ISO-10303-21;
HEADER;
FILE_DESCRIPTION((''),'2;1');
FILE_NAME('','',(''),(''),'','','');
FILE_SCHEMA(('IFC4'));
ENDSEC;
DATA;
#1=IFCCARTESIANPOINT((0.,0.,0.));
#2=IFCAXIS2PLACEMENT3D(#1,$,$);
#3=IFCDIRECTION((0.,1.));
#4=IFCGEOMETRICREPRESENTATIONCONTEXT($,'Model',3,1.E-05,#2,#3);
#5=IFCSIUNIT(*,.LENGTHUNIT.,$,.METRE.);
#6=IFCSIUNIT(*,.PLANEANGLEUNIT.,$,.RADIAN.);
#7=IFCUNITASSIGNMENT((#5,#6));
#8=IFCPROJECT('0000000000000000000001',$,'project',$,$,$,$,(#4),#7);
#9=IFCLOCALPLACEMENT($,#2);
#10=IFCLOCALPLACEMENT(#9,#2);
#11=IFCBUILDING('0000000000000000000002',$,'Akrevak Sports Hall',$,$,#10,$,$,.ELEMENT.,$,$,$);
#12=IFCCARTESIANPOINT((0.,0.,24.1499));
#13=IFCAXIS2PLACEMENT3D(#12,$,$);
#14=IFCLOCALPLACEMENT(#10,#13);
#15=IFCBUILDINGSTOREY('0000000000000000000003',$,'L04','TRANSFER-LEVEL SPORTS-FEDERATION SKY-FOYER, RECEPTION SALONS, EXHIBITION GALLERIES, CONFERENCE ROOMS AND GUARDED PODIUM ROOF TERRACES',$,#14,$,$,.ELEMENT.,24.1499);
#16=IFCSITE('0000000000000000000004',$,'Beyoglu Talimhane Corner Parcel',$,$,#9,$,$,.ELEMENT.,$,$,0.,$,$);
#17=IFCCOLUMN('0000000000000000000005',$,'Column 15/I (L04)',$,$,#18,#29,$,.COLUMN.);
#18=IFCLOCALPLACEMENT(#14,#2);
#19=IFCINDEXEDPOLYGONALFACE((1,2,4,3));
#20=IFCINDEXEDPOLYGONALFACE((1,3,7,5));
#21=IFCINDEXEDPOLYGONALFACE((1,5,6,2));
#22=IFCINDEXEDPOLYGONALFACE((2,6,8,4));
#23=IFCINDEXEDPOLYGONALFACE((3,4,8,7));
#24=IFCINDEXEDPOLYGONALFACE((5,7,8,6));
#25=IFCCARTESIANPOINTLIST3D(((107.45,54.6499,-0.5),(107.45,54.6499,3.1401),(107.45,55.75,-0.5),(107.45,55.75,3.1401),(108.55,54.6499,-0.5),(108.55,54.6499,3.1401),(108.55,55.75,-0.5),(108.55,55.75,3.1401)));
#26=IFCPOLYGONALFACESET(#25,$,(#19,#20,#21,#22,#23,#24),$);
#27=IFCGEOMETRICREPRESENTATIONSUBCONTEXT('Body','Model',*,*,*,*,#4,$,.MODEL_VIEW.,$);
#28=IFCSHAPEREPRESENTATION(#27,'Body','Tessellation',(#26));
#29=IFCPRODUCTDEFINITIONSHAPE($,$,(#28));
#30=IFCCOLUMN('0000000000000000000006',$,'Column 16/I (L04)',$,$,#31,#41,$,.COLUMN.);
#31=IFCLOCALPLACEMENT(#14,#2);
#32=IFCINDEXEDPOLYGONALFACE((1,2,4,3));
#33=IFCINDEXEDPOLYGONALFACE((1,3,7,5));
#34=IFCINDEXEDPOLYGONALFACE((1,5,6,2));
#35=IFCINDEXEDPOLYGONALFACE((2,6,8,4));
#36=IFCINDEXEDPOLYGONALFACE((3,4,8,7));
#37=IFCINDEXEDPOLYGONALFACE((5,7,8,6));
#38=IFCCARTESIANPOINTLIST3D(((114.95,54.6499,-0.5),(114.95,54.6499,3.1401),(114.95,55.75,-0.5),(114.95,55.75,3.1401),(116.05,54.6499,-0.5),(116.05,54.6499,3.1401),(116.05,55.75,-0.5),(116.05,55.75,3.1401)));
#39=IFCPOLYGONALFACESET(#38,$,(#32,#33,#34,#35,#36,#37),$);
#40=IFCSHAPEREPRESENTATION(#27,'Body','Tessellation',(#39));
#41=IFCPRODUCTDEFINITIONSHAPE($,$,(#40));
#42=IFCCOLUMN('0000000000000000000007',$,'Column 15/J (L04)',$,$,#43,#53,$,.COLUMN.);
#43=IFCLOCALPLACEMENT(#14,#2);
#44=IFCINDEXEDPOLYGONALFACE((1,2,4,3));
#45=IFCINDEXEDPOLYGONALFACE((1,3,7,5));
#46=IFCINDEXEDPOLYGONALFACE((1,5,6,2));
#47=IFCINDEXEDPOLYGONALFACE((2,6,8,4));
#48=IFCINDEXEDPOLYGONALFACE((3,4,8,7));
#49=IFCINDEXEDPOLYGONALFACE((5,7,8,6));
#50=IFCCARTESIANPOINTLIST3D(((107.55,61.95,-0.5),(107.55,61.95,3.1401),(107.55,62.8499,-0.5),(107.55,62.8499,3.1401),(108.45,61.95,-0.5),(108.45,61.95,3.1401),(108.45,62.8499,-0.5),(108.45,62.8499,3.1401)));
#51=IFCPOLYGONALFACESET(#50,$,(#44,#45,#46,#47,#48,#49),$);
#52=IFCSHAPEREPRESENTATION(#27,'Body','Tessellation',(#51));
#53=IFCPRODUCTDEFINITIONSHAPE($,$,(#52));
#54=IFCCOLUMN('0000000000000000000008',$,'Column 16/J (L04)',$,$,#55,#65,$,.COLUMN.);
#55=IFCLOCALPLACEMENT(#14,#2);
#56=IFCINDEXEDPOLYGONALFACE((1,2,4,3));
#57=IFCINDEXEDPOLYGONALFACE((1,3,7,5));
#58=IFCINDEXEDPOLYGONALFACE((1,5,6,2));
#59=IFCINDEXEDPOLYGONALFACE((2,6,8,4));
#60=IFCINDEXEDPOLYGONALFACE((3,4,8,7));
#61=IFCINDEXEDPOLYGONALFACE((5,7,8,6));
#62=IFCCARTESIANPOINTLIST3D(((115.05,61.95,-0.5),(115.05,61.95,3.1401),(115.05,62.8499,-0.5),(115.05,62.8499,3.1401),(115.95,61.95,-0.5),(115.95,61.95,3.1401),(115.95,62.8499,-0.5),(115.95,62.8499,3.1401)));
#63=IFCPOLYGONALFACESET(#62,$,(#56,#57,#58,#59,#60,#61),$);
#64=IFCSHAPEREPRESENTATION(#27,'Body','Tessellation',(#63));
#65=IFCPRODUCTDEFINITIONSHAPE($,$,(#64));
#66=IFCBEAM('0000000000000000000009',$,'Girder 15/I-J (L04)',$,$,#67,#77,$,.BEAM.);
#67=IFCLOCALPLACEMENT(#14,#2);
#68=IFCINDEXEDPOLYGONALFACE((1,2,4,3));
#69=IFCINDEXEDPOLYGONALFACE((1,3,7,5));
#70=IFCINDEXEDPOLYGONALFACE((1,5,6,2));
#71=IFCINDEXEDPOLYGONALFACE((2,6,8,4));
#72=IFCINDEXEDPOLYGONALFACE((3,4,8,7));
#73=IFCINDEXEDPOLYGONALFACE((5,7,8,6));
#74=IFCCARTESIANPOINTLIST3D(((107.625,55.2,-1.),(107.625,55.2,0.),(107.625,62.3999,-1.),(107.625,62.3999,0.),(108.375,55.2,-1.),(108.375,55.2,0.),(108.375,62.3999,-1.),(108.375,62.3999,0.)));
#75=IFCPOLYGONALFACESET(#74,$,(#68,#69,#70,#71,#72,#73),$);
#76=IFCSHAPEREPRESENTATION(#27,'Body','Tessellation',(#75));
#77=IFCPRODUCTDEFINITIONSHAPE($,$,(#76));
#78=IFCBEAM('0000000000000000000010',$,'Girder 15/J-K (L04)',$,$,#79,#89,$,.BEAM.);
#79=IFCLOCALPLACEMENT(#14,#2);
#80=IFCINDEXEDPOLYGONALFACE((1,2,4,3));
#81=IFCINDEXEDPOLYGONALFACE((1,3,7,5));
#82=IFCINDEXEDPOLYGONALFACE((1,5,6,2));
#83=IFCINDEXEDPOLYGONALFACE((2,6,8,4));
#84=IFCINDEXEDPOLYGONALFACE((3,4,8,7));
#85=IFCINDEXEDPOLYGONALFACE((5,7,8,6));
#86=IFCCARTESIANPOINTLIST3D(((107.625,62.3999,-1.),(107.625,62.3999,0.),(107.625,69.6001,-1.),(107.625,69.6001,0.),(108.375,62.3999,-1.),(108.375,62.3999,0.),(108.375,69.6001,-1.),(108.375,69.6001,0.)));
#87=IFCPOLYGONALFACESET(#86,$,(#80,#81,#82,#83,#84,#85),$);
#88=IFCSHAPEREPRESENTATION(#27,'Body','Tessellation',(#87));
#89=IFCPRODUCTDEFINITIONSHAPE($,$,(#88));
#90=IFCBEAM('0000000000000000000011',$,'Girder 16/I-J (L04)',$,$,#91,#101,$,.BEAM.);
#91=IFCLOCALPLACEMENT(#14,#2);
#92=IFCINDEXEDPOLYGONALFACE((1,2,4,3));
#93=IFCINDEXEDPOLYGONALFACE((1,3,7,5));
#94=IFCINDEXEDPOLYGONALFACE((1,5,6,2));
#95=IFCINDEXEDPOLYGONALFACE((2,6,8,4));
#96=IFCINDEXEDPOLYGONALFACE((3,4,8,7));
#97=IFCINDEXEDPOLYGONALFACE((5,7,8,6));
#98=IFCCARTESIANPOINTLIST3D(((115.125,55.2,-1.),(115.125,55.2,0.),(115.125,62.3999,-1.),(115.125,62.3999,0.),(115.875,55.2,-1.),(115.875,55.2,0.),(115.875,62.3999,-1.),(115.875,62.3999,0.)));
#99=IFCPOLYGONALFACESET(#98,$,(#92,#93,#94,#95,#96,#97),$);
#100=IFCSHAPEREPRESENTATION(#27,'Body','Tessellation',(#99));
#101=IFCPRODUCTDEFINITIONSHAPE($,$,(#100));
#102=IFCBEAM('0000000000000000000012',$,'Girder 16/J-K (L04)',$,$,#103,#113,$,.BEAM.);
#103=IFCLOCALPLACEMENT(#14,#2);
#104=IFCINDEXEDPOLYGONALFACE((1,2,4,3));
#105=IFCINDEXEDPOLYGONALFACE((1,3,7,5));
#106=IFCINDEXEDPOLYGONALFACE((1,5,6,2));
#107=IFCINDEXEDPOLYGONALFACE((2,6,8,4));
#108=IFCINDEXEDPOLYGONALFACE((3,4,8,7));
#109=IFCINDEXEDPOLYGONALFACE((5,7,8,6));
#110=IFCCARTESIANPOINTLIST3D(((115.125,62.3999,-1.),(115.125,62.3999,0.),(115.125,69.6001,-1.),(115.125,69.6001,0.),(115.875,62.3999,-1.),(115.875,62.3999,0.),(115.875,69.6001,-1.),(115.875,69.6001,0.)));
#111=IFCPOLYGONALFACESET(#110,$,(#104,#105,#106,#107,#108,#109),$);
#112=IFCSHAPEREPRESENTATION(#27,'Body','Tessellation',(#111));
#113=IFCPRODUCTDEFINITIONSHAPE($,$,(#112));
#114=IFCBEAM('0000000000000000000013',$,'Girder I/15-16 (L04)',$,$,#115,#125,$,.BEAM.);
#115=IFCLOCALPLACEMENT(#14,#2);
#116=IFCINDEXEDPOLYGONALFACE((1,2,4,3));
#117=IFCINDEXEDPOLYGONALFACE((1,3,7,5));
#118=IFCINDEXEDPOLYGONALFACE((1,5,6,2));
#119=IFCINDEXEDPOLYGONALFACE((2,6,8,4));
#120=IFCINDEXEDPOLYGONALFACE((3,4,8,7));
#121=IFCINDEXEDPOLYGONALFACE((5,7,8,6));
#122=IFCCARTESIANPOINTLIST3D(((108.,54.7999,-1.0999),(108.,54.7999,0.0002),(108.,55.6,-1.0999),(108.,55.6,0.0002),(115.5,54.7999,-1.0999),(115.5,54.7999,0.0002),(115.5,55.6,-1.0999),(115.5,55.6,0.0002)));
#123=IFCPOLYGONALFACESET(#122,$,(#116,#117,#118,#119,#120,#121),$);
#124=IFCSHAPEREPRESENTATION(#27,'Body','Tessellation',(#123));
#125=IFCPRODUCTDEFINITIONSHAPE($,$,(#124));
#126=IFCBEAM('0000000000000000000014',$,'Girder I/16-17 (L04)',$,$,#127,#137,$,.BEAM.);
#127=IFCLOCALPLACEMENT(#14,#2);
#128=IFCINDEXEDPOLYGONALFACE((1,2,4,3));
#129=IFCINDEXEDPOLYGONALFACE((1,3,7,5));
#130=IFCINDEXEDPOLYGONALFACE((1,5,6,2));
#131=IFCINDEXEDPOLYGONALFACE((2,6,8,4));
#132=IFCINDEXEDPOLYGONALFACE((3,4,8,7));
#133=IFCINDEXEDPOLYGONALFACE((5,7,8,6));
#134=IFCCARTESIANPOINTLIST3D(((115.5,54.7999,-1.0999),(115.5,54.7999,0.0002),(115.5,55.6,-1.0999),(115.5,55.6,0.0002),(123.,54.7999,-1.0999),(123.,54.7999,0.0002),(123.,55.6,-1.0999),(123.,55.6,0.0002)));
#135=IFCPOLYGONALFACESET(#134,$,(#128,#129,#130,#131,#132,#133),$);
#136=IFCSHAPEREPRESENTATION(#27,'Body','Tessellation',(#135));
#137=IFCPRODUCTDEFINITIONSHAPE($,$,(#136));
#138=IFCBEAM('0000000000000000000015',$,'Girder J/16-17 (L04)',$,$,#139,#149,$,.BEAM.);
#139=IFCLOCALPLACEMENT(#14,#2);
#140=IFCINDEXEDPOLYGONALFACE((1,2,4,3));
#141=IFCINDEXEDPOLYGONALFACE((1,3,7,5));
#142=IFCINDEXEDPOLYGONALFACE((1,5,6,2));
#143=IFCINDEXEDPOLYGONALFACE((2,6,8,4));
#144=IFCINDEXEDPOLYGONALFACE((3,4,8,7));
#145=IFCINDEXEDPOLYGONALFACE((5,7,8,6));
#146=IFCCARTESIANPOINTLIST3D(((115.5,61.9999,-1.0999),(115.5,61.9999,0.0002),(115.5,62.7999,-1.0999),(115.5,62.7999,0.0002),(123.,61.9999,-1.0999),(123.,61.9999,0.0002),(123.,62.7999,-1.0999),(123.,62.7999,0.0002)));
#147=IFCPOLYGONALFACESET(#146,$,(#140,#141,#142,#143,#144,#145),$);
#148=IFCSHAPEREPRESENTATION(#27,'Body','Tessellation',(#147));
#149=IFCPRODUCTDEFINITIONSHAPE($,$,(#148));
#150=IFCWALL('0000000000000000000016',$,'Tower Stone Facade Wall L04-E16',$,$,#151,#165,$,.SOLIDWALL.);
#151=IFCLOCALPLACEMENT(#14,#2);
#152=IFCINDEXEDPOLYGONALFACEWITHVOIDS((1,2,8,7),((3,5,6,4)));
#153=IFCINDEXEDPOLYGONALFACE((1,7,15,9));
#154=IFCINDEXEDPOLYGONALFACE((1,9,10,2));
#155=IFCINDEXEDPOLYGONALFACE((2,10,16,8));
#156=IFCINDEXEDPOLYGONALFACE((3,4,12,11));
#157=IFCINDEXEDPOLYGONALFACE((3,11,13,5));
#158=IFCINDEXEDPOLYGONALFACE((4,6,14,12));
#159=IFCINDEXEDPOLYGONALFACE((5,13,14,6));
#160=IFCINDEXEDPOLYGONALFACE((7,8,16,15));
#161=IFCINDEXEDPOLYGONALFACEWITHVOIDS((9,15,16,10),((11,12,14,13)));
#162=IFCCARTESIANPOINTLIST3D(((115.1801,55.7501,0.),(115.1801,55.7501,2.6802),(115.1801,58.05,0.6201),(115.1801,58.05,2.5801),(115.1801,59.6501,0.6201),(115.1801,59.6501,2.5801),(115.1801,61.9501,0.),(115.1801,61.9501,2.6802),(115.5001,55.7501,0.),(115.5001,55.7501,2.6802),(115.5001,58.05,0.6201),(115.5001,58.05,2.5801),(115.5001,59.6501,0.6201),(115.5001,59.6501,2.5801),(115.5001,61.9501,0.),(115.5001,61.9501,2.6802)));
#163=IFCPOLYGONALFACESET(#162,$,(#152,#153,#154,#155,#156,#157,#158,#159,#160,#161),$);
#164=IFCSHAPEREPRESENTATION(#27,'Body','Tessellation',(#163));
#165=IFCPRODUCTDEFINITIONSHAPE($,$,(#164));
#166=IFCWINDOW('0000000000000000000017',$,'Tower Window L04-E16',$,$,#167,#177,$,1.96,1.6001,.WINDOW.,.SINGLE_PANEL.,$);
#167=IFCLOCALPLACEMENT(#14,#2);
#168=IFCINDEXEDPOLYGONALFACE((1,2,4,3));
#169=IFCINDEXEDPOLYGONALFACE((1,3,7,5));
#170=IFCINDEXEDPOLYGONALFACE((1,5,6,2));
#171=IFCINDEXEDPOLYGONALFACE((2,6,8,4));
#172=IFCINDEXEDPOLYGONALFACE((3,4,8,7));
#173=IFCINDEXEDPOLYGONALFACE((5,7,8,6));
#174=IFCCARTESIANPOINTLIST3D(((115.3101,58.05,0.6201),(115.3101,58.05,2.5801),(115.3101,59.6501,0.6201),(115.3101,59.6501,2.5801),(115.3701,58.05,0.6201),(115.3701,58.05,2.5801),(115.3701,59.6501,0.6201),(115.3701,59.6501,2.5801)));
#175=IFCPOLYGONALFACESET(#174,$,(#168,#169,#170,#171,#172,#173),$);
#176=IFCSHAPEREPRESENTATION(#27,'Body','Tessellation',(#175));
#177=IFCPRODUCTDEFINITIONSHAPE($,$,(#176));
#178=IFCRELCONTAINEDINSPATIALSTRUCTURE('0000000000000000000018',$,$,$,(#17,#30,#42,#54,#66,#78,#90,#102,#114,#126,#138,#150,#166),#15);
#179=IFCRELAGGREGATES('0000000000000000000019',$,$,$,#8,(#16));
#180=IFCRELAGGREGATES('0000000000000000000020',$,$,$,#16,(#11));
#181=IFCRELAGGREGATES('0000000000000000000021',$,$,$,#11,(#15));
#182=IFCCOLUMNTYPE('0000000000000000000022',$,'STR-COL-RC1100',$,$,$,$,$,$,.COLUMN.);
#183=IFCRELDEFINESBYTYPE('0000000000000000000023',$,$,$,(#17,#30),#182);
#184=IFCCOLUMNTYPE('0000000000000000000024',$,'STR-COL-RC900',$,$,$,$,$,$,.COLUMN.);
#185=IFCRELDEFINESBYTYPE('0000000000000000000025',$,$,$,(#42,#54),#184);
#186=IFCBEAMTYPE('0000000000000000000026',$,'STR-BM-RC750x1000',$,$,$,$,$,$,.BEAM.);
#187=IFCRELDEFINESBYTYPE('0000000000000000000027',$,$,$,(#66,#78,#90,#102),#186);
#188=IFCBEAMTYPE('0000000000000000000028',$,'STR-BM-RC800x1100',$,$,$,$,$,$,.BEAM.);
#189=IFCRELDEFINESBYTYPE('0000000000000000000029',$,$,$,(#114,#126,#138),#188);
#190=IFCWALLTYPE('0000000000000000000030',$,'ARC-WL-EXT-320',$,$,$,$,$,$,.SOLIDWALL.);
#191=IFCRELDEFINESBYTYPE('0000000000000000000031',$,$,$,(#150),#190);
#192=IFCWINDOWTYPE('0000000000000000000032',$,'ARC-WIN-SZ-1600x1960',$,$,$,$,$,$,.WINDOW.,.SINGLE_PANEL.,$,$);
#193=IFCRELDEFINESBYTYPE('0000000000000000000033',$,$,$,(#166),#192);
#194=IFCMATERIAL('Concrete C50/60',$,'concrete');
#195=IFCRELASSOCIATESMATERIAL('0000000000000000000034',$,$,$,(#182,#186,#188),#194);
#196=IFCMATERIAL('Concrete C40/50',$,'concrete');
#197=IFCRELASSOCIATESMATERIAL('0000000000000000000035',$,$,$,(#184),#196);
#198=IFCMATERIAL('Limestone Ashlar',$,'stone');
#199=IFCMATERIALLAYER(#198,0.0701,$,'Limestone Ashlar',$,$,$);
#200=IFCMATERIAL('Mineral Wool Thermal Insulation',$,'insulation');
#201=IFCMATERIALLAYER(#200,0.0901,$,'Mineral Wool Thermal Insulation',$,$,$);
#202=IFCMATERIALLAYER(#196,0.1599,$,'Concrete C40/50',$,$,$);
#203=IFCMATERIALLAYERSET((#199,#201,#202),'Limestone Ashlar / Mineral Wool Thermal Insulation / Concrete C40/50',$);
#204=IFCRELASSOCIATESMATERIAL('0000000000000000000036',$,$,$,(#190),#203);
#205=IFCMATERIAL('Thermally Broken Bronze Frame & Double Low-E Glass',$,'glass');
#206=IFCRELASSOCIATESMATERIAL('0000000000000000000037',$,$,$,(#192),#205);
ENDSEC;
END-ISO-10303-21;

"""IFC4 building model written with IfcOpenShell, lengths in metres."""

from ifc_helpers import new_model, si_unit, direction, frame, frame_2d, origin, origin_2d, place, context, subcontext, project, spatial, rectangle, extrude, material, layer, layer_set, material_profile, profile_set, type_object, element, fill, save


model = new_model("IFC4")

# Units and contexts
model_context = context("Model", 3, precision=1e-05, world=origin(), true_north=direction((0.0, 1.0)))
body_context = subcontext(model_context, "Body", "Model", "MODEL_VIEW")
ifc_project = project(units=[si_unit("LENGTHUNIT", "METRE"), si_unit("PLANEANGLEUNIT", "RADIAN")], contexts=[model_context])

# Site, building, storey
site_placement = place(None, origin())
site = spatial("IfcSite", under=ifc_project, at=site_placement, Name="Beyoglu Talimhane Corner Parcel", CompositionType="ELEMENT", RefElevation=0.0)
building_placement = place(site_placement, origin())
building = spatial("IfcBuilding", under=site, at=building_placement, Name="Akrevak Sports Hall", CompositionType="ELEMENT")
storey_placement = place(building_placement, frame((0.0, 0.0, 24.1499)))
storey = spatial("IfcBuildingStorey", under=building, at=storey_placement, Name="L04", Description="TRANSFER-LEVEL SPORTS-FEDERATION SKY-FOYER, RECEPTION SALONS, EXHIBITION GALLERIES, CONFERENCE ROOMS AND GUARDED PODIUM ROOF TERRACES", CompositionType="ELEMENT", Elevation=24.1499)

# Columns
ifc_material_1 = material(Name="Concrete C50/60", Category="concrete")
ifc_material_profile_1 = material_profile(ifc_material_1, rectangle(XDim=1.1001, YDim=1.1001, at=origin_2d()), Name="RC 1100x1100", Category="concrete")
ifc_profile_set_1 = profile_set([ifc_material_profile_1], Name="Concrete C50/60")
column_type_1 = type_object("IfcColumnType", Name="STR-COL-RC1100", PredefinedType="COLUMN", material=ifc_profile_set_1)
for number, where, z_axis, x_axis, name in (
    (1, (108.0, 55.2, -0.5), (0.0, 0.0, 1.0), (1.0, 0.0, 0.0), "Column 15/I (L04)"),
    (2, (115.5, 55.2, -0.5), (0.0, 0.0, 1.0), (1.0, 0.0, 0.0), "Column 16/I (L04)"),
):
    element("IfcColumn", number, at=place(storey_placement, frame(where, z_axis=z_axis, x_axis=x_axis)), inside=storey, type_object=column_type_1, Name=name, PredefinedType="COLUMN", context=body_context, shape_type="SweptSolid", body=[
        extrude(rectangle(XDim=1.1001, YDim=1.1001, at=origin_2d()), origin(), (0.0, 0.0, 1.0), 3.6401),
    ])
ifc_material_2 = material(Name="Concrete C40/50", Category="concrete")
ifc_material_profile_2 = material_profile(ifc_material_2, rectangle(XDim=0.8999, YDim=0.8999, at=origin_2d()), Name="RC 900x900", Category="concrete")
ifc_profile_set_2 = profile_set([ifc_material_profile_2], Name="Concrete C40/50")
column_type_2 = type_object("IfcColumnType", Name="STR-COL-RC900", PredefinedType="COLUMN", material=ifc_profile_set_2)
for number, where, z_axis, x_axis, name in (
    (3, (108.0, 62.3999, -0.5), (0.0, 0.0, 1.0), (1.0, 0.0, 0.0), "Column 15/J (L04)"),
    (4, (115.5, 62.3999, -0.5), (0.0, 0.0, 1.0), (1.0, 0.0, 0.0), "Column 16/J (L04)"),
):
    element("IfcColumn", number, at=place(storey_placement, frame(where, z_axis=z_axis, x_axis=x_axis)), inside=storey, type_object=column_type_2, Name=name, PredefinedType="COLUMN", context=body_context, shape_type="SweptSolid", body=[
        extrude(rectangle(XDim=0.8999, YDim=0.8999, at=origin_2d()), origin(), (0.0, 0.0, 1.0), 3.6401),
    ])

# Beams
ifc_material_profile_3 = material_profile(ifc_material_1, rectangle(XDim=0.75, YDim=1.0, at=origin_2d()), Name="BM 750x1000", Category="concrete")
ifc_profile_set_3 = profile_set([ifc_material_profile_3], Name="Concrete C50/60")
beam_type_1 = type_object("IfcBeamType", Name="STR-BM-RC750x1000", PredefinedType="BEAM", material=ifc_profile_set_3)
beam_1_placement = place(storey_placement, frame((108.0, 55.2, -0.5), z_axis=(0.0, 1.0, 0.0), x_axis=(-1.0, 0.0, 0.0)))
element("IfcBeam", 5, at=beam_1_placement, inside=storey, type_object=beam_type_1, Name="Girder 15/I-J (L04)", PredefinedType="BEAM", context=body_context, shape_type="SweptSolid", body=[
    extrude(rectangle(XDim=0.75, YDim=1.0, at=origin_2d()), origin(), (0.0, 0.0, 1.0), 7.2),
])
beam_2_placement = place(storey_placement, frame((108.0, 62.3999, -0.5), z_axis=(0.0, 1.0, 0.0), x_axis=(-1.0, 0.0, 0.0)))
element("IfcBeam", 6, at=beam_2_placement, inside=storey, type_object=beam_type_1, Name="Girder 15/J-K (L04)", PredefinedType="BEAM", context=body_context, shape_type="SweptSolid", body=[
    extrude(rectangle(XDim=0.75, YDim=1.0, at=origin_2d()), origin(), (0.0, 0.0, 1.0), 7.2002),
])
beam_3_placement = place(storey_placement, frame((115.5, 55.2, -0.5), z_axis=(0.0, 1.0, 0.0), x_axis=(-1.0, 0.0, 0.0)))
element("IfcBeam", 7, at=beam_3_placement, inside=storey, type_object=beam_type_1, Name="Girder 16/I-J (L04)", PredefinedType="BEAM", context=body_context, shape_type="SweptSolid", body=[
    extrude(rectangle(XDim=0.75, YDim=1.0, at=origin_2d()), origin(), (0.0, 0.0, 1.0), 7.2),
])
beam_4_placement = place(storey_placement, frame((115.5, 62.3999, -0.5), z_axis=(0.0, 1.0, 0.0), x_axis=(-1.0, 0.0, 0.0)))
element("IfcBeam", 8, at=beam_4_placement, inside=storey, type_object=beam_type_1, Name="Girder 16/J-K (L04)", PredefinedType="BEAM", context=body_context, shape_type="SweptSolid", body=[
    extrude(rectangle(XDim=0.75, YDim=1.0, at=origin_2d()), origin(), (0.0, 0.0, 1.0), 7.2002),
])
ifc_material_profile_4 = material_profile(ifc_material_1, rectangle(XDim=0.8, YDim=1.1001, at=origin_2d()), Name="BM 800x1100", Category="concrete")
ifc_profile_set_4 = profile_set([ifc_material_profile_4], Name="Concrete C50/60")
beam_type_2 = type_object("IfcBeamType", Name="STR-BM-RC800x1100", PredefinedType="BEAM", material=ifc_profile_set_4)
for number, where, z_axis, x_axis, name in (
    (9, (108.0, 55.2, -0.5498), (1.0, 0.0, 0.0), (0.0, 1.0, 0.0), "Girder I/15-16 (L04)"),
    (10, (115.5, 55.2, -0.5498), (1.0, 0.0, 0.0), (0.0, 1.0, 0.0), "Girder I/16-17 (L04)"),
    (11, (115.5, 62.3999, -0.5498), (1.0, 0.0, 0.0), (0.0, 1.0, 0.0), "Girder J/16-17 (L04)"),
):
    element("IfcBeam", number, at=place(storey_placement, frame(where, z_axis=z_axis, x_axis=x_axis)), inside=storey, type_object=beam_type_2, Name=name, PredefinedType="BEAM", context=body_context, shape_type="SweptSolid", body=[
        extrude(rectangle(XDim=0.8, YDim=1.1001, at=origin_2d()), origin(), (0.0, 0.0, 1.0), 7.5),
    ])

# Wall, opening, window
ifc_material_3 = material(Name="Limestone Ashlar", Category="stone")
ifc_layer_1 = layer(ifc_material_3, 0.0701, Name="Limestone Ashlar")
ifc_material_4 = material(Name="Mineral Wool Thermal Insulation", Category="insulation")
ifc_layer_2 = layer(ifc_material_4, 0.0901, Name="Mineral Wool Thermal Insulation")
ifc_layer_3 = layer(ifc_material_2, 0.1599, Name="Concrete C40/50")
ifc_layer_set_1 = layer_set([ifc_layer_1, ifc_layer_2, ifc_layer_3], Name="Limestone Ashlar / Mineral Wool Thermal Insulation / Concrete C40/50")
wall_type_1 = type_object("IfcWallType", Name="ARC-WL-EXT-320", PredefinedType="SOLIDWALL", material=ifc_layer_set_1)
wall_1_placement = place(storey_placement, frame((115.3401, 55.75, 0.0), z_axis=(0.0, 0.0, 1.0), x_axis=(0.0, 1.0, 0.0)))
wall_1 = element("IfcWall", 12, at=wall_1_placement, inside=storey, type_object=wall_type_1, Name="Tower Stone Facade Wall L04-E16", PredefinedType="SOLIDWALL", context=body_context, shape_type="SweptSolid", body=[
    extrude(rectangle(XDim=6.2, YDim=0.3201, at=frame_2d((3.1001, 0.0))), origin(), (0.0, 0.0, 1.0), 2.6802),
])
opening_1_placement = place(wall_1_placement, frame((2.3, 0.0, 0.6201)))
opening_1 = element("IfcOpeningElement", 13, at=opening_1_placement, cuts=wall_1, PredefinedType="OPENING", context=body_context, shape_type="SweptSolid", body=[
    extrude(rectangle(XDim=1.6001, YDim=1.96, at=frame_2d((0.8, 0.98))), frame((0.0, 0.1719, 0.0), z_axis=(0.0, -1.0, 0.0), x_axis=(1.0, 0.0, 0.0)), (0.0, 0.0, 1.0), 0.344),
])
ifc_material_5 = material(Name="Thermally Broken Bronze Frame & Double Low-E Glass", Category="glass")
window_type_1 = type_object("IfcWindowType", Name="ARC-WIN-SZ-1600x1960", PartitioningType="SINGLE_PANEL", PredefinedType="WINDOW", material=ifc_material_5)
window_1_placement = place(opening_1_placement, origin())
window_1 = element("IfcWindow", 14, at=window_1_placement, inside=storey, type_object=window_type_1, Name="Tower Window L04-E16", OverallHeight=1.96, OverallWidth=1.6001, PartitioningType="SINGLE_PANEL", PredefinedType="WINDOW", context=body_context, shape_type="SweptSolid", body=[
    extrude(rectangle(XDim=1.6001, YDim=1.96, at=frame_2d((0.8, 0.98))), frame((0.0, 0.03, 0.0), z_axis=(0.0, -1.0, 0.0), x_axis=(1.0, 0.0, 0.0)), (0.0, 0.0, 1.0), 0.0601),
])
fill(opening_1, window_1)

save(model, "model.ifc")
